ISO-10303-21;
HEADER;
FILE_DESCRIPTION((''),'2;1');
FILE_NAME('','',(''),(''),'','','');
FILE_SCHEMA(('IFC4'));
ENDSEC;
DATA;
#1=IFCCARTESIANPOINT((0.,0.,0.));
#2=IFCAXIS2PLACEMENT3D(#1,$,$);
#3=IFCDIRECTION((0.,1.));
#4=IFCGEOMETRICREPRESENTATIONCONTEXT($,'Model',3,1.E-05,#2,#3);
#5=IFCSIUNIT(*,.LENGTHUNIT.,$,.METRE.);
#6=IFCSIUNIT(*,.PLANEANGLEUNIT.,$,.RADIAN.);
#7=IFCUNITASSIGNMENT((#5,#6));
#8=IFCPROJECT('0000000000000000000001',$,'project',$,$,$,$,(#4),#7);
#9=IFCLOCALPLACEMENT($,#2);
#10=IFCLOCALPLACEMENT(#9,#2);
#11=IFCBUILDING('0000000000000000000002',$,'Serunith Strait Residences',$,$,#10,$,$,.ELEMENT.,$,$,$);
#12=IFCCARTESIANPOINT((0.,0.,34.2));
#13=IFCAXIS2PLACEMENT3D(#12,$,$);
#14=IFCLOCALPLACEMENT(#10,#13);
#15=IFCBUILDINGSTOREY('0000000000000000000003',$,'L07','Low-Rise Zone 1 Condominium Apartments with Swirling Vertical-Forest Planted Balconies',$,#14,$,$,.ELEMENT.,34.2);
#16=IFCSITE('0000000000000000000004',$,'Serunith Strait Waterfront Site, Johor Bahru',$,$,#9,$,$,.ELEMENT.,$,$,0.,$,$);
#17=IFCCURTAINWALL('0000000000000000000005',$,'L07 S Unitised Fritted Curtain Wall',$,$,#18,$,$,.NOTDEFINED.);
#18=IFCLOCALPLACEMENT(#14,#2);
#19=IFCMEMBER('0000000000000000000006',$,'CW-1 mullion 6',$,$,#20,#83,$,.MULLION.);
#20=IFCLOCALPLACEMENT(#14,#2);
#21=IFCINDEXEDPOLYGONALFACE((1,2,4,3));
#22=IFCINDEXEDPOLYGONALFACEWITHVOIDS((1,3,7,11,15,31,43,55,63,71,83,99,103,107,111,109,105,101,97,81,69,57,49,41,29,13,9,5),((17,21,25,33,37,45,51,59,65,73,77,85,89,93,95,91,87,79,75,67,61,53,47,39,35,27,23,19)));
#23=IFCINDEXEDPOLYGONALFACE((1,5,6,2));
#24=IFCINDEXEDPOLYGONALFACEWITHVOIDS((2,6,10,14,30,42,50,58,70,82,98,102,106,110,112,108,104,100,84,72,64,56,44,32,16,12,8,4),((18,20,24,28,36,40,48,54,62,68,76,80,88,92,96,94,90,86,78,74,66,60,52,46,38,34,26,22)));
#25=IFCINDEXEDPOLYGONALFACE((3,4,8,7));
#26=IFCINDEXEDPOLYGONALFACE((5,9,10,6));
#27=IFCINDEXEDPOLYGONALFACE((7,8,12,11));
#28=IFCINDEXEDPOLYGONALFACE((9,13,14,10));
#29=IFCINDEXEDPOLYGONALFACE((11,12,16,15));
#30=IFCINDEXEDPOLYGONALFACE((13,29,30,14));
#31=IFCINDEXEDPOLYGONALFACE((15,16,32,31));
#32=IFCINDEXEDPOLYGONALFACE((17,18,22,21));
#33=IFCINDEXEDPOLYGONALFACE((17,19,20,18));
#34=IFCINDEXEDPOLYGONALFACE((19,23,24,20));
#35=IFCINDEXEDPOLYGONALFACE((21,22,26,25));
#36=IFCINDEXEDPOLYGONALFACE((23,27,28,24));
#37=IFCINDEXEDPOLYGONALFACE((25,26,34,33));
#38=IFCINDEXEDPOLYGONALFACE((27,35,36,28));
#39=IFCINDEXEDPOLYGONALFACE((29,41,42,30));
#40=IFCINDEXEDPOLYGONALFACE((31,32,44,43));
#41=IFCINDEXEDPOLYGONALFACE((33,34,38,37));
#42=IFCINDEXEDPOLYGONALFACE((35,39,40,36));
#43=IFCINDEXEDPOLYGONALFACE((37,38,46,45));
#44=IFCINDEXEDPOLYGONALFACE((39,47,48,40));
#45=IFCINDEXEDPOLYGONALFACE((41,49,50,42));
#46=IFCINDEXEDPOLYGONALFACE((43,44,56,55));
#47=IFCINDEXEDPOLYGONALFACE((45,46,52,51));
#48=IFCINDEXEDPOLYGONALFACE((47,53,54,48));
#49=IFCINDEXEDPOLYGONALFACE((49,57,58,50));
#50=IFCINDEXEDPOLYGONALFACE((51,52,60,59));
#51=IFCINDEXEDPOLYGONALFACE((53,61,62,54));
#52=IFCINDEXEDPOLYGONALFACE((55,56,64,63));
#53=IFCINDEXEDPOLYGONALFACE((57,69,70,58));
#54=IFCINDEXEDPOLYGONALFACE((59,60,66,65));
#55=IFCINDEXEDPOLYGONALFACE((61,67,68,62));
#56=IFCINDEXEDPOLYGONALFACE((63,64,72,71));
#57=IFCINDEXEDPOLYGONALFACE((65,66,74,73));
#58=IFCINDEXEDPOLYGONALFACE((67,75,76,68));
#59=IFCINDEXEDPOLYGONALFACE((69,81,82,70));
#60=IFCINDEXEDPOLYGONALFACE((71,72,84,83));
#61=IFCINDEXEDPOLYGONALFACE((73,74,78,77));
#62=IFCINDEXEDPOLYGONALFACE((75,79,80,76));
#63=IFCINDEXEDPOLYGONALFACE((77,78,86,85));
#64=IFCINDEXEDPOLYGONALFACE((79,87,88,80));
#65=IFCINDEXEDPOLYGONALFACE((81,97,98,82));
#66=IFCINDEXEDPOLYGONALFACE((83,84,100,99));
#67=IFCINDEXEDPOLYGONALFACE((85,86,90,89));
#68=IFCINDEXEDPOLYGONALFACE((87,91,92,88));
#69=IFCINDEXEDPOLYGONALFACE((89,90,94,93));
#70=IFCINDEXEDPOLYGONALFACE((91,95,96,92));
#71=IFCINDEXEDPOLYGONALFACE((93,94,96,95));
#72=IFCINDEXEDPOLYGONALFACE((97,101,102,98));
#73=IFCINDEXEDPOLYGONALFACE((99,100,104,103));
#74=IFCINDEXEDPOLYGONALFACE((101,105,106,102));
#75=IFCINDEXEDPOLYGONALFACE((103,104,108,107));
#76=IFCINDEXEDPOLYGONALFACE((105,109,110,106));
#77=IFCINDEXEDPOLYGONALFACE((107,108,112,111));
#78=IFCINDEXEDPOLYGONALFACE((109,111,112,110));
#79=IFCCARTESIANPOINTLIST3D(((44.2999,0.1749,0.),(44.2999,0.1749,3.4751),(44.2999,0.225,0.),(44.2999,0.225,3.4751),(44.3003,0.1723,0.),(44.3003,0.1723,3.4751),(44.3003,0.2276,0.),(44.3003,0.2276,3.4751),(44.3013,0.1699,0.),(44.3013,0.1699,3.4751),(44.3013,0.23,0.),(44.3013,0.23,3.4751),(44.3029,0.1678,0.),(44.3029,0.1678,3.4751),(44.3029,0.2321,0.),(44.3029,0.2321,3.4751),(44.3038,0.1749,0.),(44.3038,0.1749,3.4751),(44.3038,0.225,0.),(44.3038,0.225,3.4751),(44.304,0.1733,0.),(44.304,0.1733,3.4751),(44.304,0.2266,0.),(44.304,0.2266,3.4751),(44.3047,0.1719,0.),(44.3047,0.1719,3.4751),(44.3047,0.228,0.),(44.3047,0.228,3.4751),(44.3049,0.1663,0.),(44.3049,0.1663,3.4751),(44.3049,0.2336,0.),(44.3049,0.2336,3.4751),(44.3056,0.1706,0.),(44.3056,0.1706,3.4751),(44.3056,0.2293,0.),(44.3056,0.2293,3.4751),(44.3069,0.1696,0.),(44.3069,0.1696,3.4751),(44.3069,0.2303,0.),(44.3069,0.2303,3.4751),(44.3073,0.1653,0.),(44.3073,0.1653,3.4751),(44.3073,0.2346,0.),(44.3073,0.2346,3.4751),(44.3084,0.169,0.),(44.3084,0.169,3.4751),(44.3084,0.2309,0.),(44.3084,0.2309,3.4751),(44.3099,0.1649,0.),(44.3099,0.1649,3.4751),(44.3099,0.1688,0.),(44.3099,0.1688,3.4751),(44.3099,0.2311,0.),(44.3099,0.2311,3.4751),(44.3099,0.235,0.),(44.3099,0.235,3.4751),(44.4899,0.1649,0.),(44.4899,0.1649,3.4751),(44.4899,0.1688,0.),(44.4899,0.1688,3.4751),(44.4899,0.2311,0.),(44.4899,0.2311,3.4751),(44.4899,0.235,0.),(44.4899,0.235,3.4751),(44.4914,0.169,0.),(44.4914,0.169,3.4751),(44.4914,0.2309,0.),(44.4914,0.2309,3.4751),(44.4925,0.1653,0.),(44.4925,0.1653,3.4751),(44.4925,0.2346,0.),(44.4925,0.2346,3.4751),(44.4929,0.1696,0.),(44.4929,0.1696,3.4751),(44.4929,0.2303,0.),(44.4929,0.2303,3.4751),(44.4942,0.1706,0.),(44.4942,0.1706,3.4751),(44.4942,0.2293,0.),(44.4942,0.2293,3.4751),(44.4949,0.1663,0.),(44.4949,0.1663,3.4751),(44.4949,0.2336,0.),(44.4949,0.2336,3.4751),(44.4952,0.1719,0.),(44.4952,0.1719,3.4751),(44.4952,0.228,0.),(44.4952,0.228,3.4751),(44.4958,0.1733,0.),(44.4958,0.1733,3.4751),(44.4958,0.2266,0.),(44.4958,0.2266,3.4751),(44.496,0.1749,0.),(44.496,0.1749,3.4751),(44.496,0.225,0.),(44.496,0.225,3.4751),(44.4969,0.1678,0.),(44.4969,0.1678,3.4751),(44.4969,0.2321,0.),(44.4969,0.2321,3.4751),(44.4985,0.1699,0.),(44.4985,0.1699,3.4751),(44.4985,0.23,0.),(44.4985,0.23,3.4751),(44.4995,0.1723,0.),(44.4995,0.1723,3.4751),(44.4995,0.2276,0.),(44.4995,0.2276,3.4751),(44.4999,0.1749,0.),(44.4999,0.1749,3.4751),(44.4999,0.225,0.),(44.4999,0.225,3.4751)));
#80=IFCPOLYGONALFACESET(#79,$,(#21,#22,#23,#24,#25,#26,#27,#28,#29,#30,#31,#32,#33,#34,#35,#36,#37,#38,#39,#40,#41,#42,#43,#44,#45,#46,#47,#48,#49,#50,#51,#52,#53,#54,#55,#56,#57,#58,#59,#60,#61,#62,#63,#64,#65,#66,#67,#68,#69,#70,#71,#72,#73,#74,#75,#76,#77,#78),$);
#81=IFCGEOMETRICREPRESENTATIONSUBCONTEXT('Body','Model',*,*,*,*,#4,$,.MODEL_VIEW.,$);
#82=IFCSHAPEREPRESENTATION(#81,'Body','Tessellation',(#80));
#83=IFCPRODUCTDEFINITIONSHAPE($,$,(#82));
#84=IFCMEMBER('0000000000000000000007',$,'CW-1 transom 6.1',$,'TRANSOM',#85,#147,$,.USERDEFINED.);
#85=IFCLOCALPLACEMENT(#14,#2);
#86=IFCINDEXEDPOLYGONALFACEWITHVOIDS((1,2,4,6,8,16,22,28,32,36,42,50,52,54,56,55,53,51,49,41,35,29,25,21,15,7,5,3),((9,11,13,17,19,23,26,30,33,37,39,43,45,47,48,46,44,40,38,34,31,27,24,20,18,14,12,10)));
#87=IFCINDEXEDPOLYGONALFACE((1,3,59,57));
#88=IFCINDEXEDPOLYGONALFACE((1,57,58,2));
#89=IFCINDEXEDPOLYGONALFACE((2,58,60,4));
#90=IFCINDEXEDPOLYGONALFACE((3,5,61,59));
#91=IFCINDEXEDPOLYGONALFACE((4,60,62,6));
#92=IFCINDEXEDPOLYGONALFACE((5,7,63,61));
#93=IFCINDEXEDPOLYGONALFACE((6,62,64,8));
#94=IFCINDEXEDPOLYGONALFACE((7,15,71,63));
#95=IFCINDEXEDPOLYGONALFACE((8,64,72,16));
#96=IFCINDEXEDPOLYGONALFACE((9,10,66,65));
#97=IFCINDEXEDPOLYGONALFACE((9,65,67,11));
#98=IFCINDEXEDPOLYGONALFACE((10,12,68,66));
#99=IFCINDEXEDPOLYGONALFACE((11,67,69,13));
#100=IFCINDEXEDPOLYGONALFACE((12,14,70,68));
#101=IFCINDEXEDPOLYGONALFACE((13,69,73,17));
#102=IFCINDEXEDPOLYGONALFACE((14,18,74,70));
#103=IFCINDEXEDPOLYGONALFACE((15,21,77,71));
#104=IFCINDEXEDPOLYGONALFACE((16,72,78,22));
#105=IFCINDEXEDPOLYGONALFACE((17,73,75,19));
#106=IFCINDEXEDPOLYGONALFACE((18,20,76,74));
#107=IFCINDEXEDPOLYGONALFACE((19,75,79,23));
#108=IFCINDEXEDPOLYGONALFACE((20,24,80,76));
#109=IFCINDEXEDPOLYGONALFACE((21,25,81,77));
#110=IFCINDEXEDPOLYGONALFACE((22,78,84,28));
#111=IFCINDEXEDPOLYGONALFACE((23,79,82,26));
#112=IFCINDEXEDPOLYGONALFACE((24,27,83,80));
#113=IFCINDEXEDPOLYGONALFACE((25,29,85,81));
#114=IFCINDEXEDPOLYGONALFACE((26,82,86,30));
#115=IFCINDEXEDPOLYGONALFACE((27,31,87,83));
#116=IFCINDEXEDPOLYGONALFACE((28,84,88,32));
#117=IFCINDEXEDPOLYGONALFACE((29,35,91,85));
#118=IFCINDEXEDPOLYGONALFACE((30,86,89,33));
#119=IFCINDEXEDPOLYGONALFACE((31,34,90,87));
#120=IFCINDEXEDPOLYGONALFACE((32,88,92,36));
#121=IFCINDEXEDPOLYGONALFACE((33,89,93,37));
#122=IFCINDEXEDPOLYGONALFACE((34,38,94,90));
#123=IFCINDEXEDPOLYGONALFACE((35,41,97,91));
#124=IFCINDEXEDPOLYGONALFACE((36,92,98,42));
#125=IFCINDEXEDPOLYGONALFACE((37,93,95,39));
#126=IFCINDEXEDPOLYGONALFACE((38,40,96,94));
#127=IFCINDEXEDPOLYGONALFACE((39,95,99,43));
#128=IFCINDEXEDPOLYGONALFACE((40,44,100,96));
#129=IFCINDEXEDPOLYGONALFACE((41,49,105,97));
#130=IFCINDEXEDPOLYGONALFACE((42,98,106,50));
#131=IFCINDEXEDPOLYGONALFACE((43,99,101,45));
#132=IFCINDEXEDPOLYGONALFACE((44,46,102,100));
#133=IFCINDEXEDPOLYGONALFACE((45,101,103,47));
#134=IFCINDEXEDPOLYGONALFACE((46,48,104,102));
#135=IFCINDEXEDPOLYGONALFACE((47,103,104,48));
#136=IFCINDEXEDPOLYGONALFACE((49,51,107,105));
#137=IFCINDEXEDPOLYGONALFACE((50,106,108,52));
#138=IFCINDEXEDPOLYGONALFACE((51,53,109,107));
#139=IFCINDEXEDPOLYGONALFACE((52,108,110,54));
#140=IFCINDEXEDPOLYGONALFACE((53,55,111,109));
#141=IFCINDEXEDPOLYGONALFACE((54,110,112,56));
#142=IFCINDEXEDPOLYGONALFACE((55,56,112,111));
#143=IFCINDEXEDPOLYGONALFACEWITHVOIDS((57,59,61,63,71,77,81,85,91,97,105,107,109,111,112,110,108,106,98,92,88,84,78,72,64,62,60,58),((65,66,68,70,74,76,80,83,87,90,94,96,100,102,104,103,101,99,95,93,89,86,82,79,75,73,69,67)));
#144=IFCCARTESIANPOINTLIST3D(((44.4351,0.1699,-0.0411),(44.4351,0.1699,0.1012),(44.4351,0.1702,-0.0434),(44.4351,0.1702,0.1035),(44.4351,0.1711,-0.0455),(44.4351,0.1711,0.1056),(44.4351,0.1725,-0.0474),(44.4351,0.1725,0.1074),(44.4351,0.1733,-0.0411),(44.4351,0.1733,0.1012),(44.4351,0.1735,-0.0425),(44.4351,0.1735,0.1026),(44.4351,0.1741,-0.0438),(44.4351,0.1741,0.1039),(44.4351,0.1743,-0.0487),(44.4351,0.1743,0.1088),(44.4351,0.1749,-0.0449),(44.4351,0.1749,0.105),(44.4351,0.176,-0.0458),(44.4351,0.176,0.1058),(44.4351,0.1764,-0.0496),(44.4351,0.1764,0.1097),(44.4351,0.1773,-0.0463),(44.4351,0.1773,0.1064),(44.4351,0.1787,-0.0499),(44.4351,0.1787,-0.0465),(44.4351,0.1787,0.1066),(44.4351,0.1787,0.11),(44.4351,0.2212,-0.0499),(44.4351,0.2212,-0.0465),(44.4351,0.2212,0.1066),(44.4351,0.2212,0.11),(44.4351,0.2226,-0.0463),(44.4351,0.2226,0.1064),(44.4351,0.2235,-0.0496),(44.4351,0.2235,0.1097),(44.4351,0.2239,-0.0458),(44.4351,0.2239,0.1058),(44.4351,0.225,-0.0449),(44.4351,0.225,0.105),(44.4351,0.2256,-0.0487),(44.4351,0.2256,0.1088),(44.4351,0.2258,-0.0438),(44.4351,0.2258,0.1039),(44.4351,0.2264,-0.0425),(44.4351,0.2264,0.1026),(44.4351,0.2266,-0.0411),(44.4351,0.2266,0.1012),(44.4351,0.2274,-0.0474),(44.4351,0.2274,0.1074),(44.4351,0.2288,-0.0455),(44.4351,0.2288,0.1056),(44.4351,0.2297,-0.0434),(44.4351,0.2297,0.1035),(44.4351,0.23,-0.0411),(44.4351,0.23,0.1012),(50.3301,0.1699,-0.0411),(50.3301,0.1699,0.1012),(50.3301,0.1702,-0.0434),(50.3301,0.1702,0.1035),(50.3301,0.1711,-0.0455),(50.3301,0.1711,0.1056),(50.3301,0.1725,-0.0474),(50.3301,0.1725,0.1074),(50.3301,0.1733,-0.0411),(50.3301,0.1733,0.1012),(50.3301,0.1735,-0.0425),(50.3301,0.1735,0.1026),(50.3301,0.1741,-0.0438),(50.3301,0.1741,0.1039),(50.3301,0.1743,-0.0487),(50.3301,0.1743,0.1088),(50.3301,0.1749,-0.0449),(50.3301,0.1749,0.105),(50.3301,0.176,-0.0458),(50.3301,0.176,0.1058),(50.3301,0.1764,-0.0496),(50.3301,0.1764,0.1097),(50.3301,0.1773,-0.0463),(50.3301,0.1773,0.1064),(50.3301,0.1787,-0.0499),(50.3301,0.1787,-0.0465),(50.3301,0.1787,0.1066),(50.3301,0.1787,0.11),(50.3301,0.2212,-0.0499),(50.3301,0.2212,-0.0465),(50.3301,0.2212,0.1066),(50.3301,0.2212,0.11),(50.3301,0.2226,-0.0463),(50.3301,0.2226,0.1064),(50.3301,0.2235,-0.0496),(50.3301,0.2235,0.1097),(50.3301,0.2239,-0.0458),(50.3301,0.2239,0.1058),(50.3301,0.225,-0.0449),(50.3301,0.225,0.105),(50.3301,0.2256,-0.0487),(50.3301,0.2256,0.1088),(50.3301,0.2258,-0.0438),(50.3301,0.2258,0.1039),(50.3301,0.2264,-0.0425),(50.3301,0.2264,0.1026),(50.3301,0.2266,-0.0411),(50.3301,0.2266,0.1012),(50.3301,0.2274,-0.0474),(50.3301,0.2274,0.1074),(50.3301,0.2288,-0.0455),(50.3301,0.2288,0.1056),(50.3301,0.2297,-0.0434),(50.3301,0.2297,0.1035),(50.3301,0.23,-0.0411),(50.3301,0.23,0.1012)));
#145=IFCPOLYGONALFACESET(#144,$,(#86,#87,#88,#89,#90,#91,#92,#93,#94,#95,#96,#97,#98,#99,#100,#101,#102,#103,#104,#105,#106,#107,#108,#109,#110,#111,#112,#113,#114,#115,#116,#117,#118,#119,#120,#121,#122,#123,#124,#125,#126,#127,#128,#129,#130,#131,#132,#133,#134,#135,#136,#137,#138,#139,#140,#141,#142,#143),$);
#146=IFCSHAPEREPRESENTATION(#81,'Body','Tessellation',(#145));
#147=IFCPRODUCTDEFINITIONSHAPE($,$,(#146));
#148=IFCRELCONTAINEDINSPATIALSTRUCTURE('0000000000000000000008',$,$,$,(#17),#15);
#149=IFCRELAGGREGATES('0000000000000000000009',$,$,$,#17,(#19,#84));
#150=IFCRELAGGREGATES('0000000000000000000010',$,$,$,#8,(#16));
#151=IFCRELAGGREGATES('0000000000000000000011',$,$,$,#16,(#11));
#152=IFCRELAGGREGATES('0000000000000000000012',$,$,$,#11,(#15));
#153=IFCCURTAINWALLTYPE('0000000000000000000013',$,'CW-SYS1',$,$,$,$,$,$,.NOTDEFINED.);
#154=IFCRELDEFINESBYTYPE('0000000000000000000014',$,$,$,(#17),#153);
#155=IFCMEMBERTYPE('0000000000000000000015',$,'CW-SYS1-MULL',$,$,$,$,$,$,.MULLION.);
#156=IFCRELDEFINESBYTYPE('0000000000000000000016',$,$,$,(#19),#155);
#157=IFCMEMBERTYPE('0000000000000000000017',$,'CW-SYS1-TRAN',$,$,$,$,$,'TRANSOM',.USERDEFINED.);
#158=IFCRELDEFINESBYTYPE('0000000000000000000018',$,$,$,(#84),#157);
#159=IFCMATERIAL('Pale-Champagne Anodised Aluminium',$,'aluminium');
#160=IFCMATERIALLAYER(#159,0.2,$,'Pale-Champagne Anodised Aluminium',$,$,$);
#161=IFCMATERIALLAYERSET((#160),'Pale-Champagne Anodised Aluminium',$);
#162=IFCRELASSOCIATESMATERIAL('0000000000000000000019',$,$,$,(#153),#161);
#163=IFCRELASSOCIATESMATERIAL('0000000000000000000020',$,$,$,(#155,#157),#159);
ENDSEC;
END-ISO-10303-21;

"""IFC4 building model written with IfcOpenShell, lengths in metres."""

from ifc_helpers import new_model, si_unit, direction, frame, origin, origin_2d, place, context, subcontext, project, spatial, hollow_rectangle, extrude, source, transform, mapped, material, layer, layer_set, material_profile, profile_set, type_object, element, aggregate, save


model = new_model("IFC4")

# Units and contexts
model_context = context("Model", 3, precision=1e-05, world=origin(), true_north=direction((0.0, 1.0)))
body_context = subcontext(model_context, "Body", "Model", "MODEL_VIEW")
ifc_project = project(units=[si_unit("LENGTHUNIT", "METRE"), si_unit("PLANEANGLEUNIT", "RADIAN")], contexts=[model_context])

# Site, building, storey
site_placement = place(None, origin())
site = spatial("IfcSite", under=ifc_project, at=site_placement, Name="Serunith Strait Waterfront Site, Johor Bahru", CompositionType="ELEMENT", RefElevation=0.0)
building_placement = place(site_placement, origin())
building = spatial("IfcBuilding", under=site, at=building_placement, Name="Serunith Strait Residences", CompositionType="ELEMENT")
storey_placement = place(building_placement, frame((0.0, 0.0, 34.2)))
storey = spatial("IfcBuildingStorey", under=building, at=storey_placement, Name="L07", Description="Low-Rise Zone 1 Condominium Apartments with Swirling Vertical-Forest Planted Balconies", CompositionType="ELEMENT", Elevation=34.2)

# Curtain wall, members
ifc_material_1 = material(Name="Pale-Champagne Anodised Aluminium", Category="aluminium")
ifc_layer_1 = layer(ifc_material_1, 0.2, Name="Pale-Champagne Anodised Aluminium")
ifc_layer_set_1 = layer_set([ifc_layer_1], Name="Pale-Champagne Anodised Aluminium")
curtain_wall_type = type_object("IfcCurtainWallType", Name="CW-SYS1", PredefinedType="NOTDEFINED", material=ifc_layer_set_1)
curtain_wall_placement = place(storey_placement, origin())
curtain_wall = element("IfcCurtainWall", 1, at=curtain_wall_placement, inside=storey, type_object=curtain_wall_type, Name="L07 S Unitised Fritted Curtain Wall", PredefinedType="NOTDEFINED")
ifc_material_profile_1 = material_profile(ifc_material_1, hollow_rectangle(XDim=0.0701, YDim=0.2, WallThickness=0.0039, InnerFilletRadius=0.0061, OuterFilletRadius=0.01, at=origin_2d()), Name="ALU 200x70x4")
ifc_profile_set_1 = profile_set([ifc_material_profile_1], Name="Pale-Champagne Anodised Aluminium")
member_type_1 = type_object("IfcMemberType", Name="CW-SYS1-MULL", PredefinedType="MULLION", material=ifc_profile_set_1)
shared_shape_1 = source(origin(), body_context, "Body", "SweptSolid", [
    extrude(hollow_rectangle(XDim=0.0701, YDim=0.2, WallThickness=0.0039, InnerFilletRadius=0.0061, OuterFilletRadius=0.01, at=origin_2d()), origin(), (0.0, 0.0, 1.0), 3.4751),
])
member_1_placement = place(storey_placement, frame((44.3999, 0.2, 0.0), z_axis=(0.0, 0.0, 1.0), x_axis=(0.0, 1.0, 0.0)))
member_1 = element("IfcMember", 2, at=member_1_placement, type_object=member_type_1, Name="CW-1 mullion 6", PredefinedType="MULLION", context=body_context, shape_type="MappedRepresentation", body=[
    mapped(shared_shape_1, transform((0.0, 0.0, 0.0), scale=1.0)),
])
ifc_material_profile_2 = material_profile(ifc_material_1, hollow_rectangle(XDim=0.0601, YDim=0.1599, WallThickness=0.0034, InnerFilletRadius=0.0054, OuterFilletRadius=0.0088, at=origin_2d()), Name="ALU 160x60x3.5")
ifc_profile_set_2 = profile_set([ifc_material_profile_2], Name="Pale-Champagne Anodised Aluminium")
member_type_2 = type_object("IfcMemberType", Name="CW-SYS1-TRAN", ElementType="TRANSOM", PredefinedType="USERDEFINED", material=ifc_profile_set_2)
shared_shape_2 = source(origin(), body_context, "Body", "SweptSolid", [
    extrude(hollow_rectangle(XDim=0.0601, YDim=0.1599, WallThickness=0.0034, InnerFilletRadius=0.0054, OuterFilletRadius=0.0088, at=origin_2d()), origin(), (0.0, 0.0, 1.0), 5.895),
])
member_2_placement = place(storey_placement, frame((44.4351, 0.2, 0.03), z_axis=(1.0, 0.0, 0.0), x_axis=(0.0, 1.0, 0.0)))
member_2 = element("IfcMember", 3, at=member_2_placement, type_object=member_type_2, Name="CW-1 transom 6.1", ObjectType="TRANSOM", PredefinedType="USERDEFINED", context=body_context, shape_type="MappedRepresentation", body=[
    mapped(shared_shape_2, transform((0.0, 0.0, 0.0), scale=1.0)),
])
aggregate(curtain_wall, [member_1, member_2])

save(model, "model.ifc")
